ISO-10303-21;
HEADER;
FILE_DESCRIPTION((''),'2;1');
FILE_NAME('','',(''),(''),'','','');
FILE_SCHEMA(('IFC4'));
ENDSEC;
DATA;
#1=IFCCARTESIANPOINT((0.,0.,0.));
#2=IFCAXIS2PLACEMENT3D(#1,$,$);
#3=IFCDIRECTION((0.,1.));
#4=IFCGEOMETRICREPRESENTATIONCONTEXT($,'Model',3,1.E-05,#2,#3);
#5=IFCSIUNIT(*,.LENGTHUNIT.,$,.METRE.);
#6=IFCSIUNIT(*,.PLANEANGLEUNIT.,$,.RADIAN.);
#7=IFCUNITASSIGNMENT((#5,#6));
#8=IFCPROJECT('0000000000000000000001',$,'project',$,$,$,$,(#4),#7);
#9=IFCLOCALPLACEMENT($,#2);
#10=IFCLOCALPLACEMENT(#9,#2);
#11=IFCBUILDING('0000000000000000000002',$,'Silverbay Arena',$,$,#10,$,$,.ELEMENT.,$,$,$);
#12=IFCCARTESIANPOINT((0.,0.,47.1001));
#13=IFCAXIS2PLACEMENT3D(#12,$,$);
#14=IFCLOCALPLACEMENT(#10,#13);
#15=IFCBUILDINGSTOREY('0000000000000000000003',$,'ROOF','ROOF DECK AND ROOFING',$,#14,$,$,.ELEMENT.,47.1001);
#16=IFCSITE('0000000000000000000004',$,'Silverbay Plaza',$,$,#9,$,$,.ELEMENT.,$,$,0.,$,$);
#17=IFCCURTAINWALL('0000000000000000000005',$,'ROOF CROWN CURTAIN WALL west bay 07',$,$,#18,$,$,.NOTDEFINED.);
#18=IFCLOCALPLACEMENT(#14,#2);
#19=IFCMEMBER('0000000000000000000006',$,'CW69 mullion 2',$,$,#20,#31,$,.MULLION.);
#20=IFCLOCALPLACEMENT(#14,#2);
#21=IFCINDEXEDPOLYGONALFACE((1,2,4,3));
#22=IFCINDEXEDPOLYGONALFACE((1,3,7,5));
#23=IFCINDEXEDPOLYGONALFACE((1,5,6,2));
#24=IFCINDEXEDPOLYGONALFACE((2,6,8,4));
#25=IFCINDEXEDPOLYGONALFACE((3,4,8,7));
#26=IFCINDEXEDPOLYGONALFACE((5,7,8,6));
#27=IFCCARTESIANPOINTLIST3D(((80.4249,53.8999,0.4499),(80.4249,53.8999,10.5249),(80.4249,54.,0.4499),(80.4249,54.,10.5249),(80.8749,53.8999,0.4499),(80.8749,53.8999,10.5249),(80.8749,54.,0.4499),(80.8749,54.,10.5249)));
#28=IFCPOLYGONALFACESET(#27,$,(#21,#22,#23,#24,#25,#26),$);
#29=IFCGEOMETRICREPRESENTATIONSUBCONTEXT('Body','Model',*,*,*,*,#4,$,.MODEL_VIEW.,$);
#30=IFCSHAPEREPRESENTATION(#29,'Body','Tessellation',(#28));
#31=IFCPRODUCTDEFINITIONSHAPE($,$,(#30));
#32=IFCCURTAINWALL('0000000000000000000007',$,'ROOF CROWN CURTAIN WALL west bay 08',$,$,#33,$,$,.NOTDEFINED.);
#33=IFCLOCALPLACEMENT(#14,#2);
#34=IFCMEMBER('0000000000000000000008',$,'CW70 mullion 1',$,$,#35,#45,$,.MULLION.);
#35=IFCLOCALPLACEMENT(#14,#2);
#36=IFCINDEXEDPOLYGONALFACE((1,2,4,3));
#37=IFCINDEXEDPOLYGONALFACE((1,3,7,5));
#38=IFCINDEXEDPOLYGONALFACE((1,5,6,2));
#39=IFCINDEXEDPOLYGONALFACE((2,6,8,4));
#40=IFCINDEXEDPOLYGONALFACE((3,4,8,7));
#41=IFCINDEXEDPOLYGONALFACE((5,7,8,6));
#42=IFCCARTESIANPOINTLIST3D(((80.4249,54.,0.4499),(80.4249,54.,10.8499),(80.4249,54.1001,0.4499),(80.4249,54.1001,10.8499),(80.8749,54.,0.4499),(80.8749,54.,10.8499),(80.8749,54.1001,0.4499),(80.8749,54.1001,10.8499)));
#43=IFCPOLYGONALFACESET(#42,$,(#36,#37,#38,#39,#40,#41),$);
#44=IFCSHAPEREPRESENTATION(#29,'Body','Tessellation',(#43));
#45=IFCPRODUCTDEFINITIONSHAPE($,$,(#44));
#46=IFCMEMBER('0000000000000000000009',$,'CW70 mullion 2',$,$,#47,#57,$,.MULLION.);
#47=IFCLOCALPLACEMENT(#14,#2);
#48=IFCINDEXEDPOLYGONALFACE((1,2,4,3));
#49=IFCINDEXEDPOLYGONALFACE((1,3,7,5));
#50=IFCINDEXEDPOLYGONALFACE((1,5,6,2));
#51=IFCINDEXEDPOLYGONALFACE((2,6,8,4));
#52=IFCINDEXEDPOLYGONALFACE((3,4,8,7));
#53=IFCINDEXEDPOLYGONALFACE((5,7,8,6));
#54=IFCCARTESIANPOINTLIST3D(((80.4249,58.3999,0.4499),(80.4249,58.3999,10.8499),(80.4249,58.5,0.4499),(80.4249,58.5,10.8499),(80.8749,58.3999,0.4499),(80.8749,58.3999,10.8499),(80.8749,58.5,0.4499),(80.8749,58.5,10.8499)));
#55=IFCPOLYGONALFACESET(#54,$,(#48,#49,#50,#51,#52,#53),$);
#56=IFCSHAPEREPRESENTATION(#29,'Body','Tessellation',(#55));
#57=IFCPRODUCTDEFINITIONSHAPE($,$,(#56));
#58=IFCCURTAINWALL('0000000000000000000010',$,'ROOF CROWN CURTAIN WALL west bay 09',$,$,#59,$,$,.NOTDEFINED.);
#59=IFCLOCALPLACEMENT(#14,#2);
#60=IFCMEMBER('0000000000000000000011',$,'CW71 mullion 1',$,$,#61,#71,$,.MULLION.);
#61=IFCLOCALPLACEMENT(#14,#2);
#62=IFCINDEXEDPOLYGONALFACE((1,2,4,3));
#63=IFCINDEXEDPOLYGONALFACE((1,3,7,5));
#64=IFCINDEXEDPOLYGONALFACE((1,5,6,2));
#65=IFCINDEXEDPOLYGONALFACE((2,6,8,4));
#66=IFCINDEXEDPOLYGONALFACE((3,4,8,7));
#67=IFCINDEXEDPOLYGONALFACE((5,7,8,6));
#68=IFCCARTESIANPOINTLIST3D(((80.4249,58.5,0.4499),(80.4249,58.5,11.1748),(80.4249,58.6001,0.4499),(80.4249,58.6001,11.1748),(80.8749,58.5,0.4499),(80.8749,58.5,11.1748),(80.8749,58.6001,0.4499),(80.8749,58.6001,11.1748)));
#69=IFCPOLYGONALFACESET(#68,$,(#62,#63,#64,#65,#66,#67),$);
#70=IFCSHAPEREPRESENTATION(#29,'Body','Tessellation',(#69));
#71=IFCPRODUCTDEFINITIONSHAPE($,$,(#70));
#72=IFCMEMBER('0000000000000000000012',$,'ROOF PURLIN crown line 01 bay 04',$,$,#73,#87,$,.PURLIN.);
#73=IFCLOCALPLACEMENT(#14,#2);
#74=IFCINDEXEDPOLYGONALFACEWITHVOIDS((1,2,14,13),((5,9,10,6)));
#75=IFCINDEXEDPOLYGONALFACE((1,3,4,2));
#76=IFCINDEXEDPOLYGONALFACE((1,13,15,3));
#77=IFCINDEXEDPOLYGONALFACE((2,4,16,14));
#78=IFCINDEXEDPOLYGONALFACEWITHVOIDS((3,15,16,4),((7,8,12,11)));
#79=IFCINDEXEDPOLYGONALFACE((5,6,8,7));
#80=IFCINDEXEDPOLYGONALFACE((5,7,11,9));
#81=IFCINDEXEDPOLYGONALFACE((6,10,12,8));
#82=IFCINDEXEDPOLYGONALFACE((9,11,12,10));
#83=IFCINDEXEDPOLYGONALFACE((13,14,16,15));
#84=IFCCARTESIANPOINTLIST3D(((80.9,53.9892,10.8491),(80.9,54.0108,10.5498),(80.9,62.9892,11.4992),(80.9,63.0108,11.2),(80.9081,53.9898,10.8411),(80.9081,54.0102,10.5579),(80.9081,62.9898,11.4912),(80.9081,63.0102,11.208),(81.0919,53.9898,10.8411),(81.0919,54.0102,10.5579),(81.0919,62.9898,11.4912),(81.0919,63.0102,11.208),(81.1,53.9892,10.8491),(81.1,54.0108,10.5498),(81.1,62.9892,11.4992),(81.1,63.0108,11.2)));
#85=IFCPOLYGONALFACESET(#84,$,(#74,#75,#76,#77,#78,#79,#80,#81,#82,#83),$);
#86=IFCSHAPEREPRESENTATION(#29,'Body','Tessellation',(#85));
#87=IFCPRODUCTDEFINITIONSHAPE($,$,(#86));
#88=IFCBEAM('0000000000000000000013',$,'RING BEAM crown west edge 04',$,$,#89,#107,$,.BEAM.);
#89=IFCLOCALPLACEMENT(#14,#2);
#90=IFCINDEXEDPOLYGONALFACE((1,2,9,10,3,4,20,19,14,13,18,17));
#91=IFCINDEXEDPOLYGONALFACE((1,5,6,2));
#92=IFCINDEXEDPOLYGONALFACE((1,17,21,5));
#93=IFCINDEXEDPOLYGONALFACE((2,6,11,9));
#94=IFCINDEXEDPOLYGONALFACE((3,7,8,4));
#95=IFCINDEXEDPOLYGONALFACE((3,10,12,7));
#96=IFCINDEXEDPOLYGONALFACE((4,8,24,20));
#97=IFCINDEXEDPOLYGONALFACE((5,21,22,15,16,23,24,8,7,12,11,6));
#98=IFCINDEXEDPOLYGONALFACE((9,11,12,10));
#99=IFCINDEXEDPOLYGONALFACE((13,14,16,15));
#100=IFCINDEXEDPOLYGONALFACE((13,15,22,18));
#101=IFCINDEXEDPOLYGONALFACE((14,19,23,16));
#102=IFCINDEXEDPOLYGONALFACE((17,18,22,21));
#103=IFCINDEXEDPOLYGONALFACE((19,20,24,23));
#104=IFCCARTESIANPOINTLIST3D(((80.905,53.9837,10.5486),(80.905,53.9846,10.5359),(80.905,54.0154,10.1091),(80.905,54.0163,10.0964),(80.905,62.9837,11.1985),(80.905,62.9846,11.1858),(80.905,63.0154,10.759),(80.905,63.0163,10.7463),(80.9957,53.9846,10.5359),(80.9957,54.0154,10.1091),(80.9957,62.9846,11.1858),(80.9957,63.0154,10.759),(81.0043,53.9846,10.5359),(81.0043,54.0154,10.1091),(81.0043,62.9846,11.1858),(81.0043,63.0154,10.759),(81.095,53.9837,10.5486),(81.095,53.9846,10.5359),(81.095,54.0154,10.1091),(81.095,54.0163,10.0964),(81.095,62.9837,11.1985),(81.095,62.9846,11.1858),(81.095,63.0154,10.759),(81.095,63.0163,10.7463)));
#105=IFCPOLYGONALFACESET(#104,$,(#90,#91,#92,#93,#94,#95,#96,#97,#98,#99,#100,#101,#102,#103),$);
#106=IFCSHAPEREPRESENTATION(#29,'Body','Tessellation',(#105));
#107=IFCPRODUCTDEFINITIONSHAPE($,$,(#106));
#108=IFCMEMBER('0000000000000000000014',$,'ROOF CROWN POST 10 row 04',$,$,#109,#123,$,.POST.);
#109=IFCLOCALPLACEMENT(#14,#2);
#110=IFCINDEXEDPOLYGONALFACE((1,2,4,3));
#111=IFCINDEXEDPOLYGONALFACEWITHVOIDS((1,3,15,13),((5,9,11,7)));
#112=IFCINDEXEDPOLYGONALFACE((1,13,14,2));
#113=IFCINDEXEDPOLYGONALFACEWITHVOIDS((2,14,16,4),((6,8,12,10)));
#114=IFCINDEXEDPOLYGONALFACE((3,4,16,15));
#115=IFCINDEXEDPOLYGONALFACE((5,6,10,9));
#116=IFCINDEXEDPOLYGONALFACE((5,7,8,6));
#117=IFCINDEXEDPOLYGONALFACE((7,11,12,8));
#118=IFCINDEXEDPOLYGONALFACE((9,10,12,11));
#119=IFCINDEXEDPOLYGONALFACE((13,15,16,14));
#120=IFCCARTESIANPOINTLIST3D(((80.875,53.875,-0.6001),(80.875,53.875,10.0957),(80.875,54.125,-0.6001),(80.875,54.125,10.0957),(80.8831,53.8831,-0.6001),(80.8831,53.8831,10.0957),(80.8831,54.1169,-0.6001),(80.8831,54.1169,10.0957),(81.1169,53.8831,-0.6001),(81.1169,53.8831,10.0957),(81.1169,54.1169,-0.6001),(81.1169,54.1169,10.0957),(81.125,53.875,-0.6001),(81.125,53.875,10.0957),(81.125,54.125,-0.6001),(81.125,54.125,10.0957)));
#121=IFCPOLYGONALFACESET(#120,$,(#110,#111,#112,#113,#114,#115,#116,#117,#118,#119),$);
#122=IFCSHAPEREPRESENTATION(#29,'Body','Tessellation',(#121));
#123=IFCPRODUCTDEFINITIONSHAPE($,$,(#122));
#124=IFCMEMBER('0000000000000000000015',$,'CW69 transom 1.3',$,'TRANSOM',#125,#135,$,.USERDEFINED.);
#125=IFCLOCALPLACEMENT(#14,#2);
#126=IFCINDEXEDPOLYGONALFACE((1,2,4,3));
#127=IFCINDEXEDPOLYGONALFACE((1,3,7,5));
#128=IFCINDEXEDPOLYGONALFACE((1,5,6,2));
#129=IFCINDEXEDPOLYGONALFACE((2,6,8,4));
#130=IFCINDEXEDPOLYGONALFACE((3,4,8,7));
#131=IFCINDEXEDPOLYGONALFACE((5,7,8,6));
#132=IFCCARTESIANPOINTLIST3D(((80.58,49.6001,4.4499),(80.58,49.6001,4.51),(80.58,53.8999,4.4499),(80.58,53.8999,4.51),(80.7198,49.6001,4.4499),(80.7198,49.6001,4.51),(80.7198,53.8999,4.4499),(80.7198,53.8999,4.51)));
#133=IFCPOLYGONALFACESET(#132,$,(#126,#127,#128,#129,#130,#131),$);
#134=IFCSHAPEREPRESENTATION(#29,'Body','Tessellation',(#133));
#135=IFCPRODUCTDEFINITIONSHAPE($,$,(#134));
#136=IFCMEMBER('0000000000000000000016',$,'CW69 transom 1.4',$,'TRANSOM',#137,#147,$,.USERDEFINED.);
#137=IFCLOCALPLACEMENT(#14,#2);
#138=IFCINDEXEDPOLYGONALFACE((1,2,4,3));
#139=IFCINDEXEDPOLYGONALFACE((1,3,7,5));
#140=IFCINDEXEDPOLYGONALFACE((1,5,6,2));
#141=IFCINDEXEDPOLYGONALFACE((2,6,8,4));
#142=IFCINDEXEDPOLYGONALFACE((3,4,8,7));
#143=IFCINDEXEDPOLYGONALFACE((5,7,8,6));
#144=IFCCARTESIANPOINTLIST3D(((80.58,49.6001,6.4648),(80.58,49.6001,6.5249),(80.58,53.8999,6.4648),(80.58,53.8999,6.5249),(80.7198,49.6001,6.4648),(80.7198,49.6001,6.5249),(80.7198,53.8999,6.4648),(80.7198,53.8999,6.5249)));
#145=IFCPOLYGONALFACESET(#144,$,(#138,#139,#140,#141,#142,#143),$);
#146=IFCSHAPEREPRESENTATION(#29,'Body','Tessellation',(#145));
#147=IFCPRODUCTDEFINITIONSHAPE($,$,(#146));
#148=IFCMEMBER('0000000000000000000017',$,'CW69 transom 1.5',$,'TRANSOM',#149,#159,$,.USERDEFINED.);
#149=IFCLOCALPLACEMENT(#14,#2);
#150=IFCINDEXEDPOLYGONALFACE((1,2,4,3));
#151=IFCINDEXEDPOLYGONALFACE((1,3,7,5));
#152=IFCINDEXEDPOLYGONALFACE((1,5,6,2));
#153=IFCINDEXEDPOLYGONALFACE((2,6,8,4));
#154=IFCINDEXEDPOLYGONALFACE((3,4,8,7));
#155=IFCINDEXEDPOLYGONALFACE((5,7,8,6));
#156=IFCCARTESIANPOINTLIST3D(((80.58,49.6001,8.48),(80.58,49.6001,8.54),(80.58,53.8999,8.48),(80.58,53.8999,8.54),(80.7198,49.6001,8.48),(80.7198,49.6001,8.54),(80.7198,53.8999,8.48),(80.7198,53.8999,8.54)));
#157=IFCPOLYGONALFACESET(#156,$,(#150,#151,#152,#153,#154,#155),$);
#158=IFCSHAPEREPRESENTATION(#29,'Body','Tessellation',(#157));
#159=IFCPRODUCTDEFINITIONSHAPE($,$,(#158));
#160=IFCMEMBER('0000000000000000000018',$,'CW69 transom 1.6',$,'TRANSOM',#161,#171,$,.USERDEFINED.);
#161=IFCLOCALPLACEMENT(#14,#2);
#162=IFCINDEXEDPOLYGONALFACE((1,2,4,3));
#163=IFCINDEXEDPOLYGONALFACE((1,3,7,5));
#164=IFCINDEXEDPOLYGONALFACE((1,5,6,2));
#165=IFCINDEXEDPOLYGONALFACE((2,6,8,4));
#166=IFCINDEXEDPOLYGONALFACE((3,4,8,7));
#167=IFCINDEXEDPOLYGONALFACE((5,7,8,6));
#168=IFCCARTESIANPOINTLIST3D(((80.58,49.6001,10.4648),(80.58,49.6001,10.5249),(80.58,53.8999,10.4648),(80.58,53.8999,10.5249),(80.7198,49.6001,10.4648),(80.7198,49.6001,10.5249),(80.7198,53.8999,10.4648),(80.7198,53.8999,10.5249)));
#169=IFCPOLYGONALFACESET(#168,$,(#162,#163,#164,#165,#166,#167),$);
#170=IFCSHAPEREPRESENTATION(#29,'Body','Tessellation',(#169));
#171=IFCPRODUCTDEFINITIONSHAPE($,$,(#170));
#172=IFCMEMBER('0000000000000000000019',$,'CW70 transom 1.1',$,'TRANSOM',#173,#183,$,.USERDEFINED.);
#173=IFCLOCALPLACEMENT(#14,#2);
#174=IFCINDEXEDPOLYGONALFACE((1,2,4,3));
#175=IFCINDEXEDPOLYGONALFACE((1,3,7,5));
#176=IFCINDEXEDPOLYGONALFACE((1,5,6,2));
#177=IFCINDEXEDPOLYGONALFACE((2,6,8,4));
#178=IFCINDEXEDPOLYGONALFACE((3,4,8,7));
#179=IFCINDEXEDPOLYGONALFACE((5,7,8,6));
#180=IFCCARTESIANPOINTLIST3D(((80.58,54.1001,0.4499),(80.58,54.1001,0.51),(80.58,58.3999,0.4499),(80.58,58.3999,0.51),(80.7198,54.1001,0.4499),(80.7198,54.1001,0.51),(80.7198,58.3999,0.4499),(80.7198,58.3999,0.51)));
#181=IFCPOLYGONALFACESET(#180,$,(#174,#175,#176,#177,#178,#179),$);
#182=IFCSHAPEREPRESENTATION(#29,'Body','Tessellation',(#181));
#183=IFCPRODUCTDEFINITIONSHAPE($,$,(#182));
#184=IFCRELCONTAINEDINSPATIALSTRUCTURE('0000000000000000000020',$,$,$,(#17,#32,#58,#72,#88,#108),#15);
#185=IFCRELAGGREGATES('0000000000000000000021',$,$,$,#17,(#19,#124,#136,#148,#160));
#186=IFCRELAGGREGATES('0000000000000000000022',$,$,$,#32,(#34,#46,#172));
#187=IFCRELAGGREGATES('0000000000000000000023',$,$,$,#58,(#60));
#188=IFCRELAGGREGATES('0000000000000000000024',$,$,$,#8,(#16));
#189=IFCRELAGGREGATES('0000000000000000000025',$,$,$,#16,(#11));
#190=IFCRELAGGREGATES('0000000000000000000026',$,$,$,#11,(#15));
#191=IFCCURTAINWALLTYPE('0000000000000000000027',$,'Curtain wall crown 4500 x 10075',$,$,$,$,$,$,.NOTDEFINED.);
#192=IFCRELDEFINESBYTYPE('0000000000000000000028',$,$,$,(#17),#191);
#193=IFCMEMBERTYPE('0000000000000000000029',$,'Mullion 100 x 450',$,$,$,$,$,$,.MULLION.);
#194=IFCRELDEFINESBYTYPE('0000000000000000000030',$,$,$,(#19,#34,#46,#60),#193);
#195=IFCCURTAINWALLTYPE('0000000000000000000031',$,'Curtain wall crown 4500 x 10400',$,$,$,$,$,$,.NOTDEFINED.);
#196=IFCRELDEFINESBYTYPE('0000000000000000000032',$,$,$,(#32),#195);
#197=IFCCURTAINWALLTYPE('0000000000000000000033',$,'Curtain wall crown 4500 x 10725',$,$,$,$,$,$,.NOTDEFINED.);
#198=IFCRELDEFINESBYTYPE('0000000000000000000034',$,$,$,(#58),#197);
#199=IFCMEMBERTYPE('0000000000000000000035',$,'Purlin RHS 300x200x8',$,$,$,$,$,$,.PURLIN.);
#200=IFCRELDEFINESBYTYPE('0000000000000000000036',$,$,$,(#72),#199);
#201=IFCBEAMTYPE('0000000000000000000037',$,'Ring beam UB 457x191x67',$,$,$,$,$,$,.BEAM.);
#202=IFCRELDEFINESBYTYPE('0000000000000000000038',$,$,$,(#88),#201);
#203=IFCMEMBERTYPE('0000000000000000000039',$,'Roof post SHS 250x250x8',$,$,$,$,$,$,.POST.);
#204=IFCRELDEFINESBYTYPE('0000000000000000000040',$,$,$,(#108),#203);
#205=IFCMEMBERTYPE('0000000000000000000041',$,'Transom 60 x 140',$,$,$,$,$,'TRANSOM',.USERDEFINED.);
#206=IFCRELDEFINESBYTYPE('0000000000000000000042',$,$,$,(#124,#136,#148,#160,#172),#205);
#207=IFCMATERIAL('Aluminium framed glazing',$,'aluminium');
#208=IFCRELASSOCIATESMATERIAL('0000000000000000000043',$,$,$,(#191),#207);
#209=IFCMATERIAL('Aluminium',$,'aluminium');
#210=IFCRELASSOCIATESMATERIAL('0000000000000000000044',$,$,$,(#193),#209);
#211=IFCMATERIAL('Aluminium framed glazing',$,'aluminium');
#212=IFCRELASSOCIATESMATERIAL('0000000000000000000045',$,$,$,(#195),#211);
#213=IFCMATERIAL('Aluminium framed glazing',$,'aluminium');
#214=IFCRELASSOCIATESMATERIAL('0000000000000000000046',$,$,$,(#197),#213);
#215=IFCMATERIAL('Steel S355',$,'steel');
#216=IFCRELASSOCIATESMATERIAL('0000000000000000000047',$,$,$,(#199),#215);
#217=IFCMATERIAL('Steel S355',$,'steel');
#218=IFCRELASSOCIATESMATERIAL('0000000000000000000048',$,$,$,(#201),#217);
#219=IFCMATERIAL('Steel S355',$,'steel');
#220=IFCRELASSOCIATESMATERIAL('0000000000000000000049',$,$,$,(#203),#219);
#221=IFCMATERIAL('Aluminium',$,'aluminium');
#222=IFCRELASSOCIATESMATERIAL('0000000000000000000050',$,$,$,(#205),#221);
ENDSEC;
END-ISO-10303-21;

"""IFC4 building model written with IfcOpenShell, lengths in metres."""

from ifc_helpers import new_model, si_unit, direction, frame, origin, origin_2d, place, context, subcontext, project, spatial, rectangle, hollow_rectangle, i_section, extrude, material, material_profile, profile_set, type_object, element, aggregate, save


model = new_model("IFC4")

# Units and contexts
model_context = context("Model", 3, precision=1e-05, world=origin(), true_north=direction((0.0, 1.0)))
body_context = subcontext(model_context, "Body", "Model", "MODEL_VIEW")
ifc_project = project(units=[si_unit("LENGTHUNIT", "METRE"), si_unit("PLANEANGLEUNIT", "RADIAN")], contexts=[model_context])

# Site, building, storey
site_placement = place(None, origin())
site = spatial("IfcSite", under=ifc_project, at=site_placement, Name="Silverbay Plaza", CompositionType="ELEMENT", RefElevation=0.0)
building_placement = place(site_placement, origin())
building = spatial("IfcBuilding", under=site, at=building_placement, Name="Silverbay Arena", CompositionType="ELEMENT")
storey_placement = place(building_placement, frame((0.0, 0.0, 47.1001)))
storey = spatial("IfcBuildingStorey", under=building, at=storey_placement, Name="ROOF", Description="ROOF DECK AND ROOFING", CompositionType="ELEMENT", Elevation=47.1001)

# Curtain wall, member
ifc_material_1 = material(Name="Aluminium framed glazing", Category="aluminium")
curtain_wall_type_1 = type_object("IfcCurtainWallType", Name="Curtain wall crown 4500 x 10075", PredefinedType="NOTDEFINED", material=ifc_material_1)
curtain_wall_1_placement = place(storey_placement, origin())
curtain_wall_1 = element("IfcCurtainWall", 1, at=curtain_wall_1_placement, inside=storey, type_object=curtain_wall_type_1, Name="ROOF CROWN CURTAIN WALL west bay 07", PredefinedType="NOTDEFINED")
ifc_material_2 = material(Name="Aluminium", Category="aluminium")
ifc_material_profile_1 = material_profile(ifc_material_2, rectangle(XDim=0.45, YDim=0.1001, at=origin_2d()), Name="Mullion 100 x 450")
ifc_profile_set_1 = profile_set([ifc_material_profile_1], Name="Aluminium")
member_type_1 = type_object("IfcMemberType", Name="Mullion 100 x 450", PredefinedType="MULLION", material=ifc_profile_set_1)
placement = place(building_placement, frame((0.0, 0.0, 33.5)))
member_1_placement = place(placement, frame((80.6499, 53.95, 14.05), z_axis=(0.0, 0.0, 1.0), x_axis=(-1.0, 0.0, 0.0)))
member_1 = element("IfcMember", 2, at=member_1_placement, type_object=member_type_1, Name="CW69 mullion 2", PredefinedType="MULLION", context=body_context, shape_type="SweptSolid", body=[
    extrude(rectangle(XDim=0.45, YDim=0.1001, at=origin_2d()), origin(), (0.0, 0.0, 1.0), 10.075),
])

# Curtain wall, members
ifc_material_3 = material(Name="Aluminium framed glazing", Category="aluminium")
curtain_wall_type_2 = type_object("IfcCurtainWallType", Name="Curtain wall crown 4500 x 10400", PredefinedType="NOTDEFINED", material=ifc_material_3)
curtain_wall_2_placement = place(storey_placement, origin())
curtain_wall_2 = element("IfcCurtainWall", 3, at=curtain_wall_2_placement, inside=storey, type_object=curtain_wall_type_2, Name="ROOF CROWN CURTAIN WALL west bay 08", PredefinedType="NOTDEFINED")
member_2_placement = place(placement, frame((80.6499, 54.05, 14.05), z_axis=(0.0, 0.0, 1.0), x_axis=(-1.0, 0.0, 0.0)))
member_2 = element("IfcMember", 4, at=member_2_placement, type_object=member_type_1, Name="CW70 mullion 1", PredefinedType="MULLION", context=body_context, shape_type="SweptSolid", body=[
    extrude(rectangle(XDim=0.45, YDim=0.1001, at=origin_2d()), origin(), (0.0, 0.0, 1.0), 10.3999),
])
member_3_placement = place(placement, frame((80.6499, 58.45, 14.05), z_axis=(0.0, 0.0, 1.0), x_axis=(-1.0, 0.0, 0.0)))
member_3 = element("IfcMember", 5, at=member_3_placement, type_object=member_type_1, Name="CW70 mullion 2", PredefinedType="MULLION", context=body_context, shape_type="SweptSolid", body=[
    extrude(rectangle(XDim=0.45, YDim=0.1001, at=origin_2d()), origin(), (0.0, 0.0, 1.0), 10.3999),
])

# Curtain wall, member
ifc_material_4 = material(Name="Aluminium framed glazing", Category="aluminium")
curtain_wall_type_3 = type_object("IfcCurtainWallType", Name="Curtain wall crown 4500 x 10725", PredefinedType="NOTDEFINED", material=ifc_material_4)
curtain_wall_3_placement = place(storey_placement, origin())
curtain_wall_3 = element("IfcCurtainWall", 6, at=curtain_wall_3_placement, inside=storey, type_object=curtain_wall_type_3, Name="ROOF CROWN CURTAIN WALL west bay 09", PredefinedType="NOTDEFINED")
member_4_placement = place(placement, frame((80.6499, 58.55, 14.05), z_axis=(0.0, 0.0, 1.0), x_axis=(-1.0, 0.0, 0.0)))
member_4 = element("IfcMember", 7, at=member_4_placement, type_object=member_type_1, Name="CW71 mullion 1", PredefinedType="MULLION", context=body_context, shape_type="SweptSolid", body=[
    extrude(rectangle(XDim=0.45, YDim=0.1001, at=origin_2d()), origin(), (0.0, 0.0, 1.0), 10.7249),
])

# Member
ifc_material_5 = material(Name="Steel S355", Category="steel")
ifc_material_profile_2 = material_profile(ifc_material_5, hollow_rectangle(XDim=0.2, YDim=0.3, WallThickness=0.0081, at=origin_2d()), Name="RHS 300x200x8")
ifc_profile_set_2 = profile_set([ifc_material_profile_2], Name="Steel S355")
member_type_2 = type_object("IfcMemberType", Name="Purlin RHS 300x200x8", PredefinedType="PURLIN", material=ifc_profile_set_2)
member_5_placement = place(storey_placement, frame((81.0, 54.0, 10.6995), z_axis=(0.0, 0.997401, 0.072051), x_axis=(-1.0, 0.0, 0.0)))
element("IfcMember", 8, at=member_5_placement, inside=storey, type_object=member_type_2, Name="ROOF PURLIN crown line 01 bay 04", PredefinedType="PURLIN", context=body_context, shape_type="SweptSolid", body=[
    extrude(hollow_rectangle(XDim=0.2, YDim=0.3, WallThickness=0.0081, at=origin_2d()), origin(), (0.0, 0.0, 1.0), 9.0234),
])

# Beam
ifc_material_6 = material(Name="Steel S355", Category="steel")
ifc_material_profile_3 = material_profile(ifc_material_6, i_section(OverallWidth=0.1899, OverallDepth=0.4534, WebThickness=0.0085, FlangeThickness=0.0127, at=origin_2d()), Name="UB 457x191x67")
ifc_profile_set_3 = profile_set([ifc_material_profile_3], Name="Steel S355")
beam_type = type_object("IfcBeamType", Name="Ring beam UB 457x191x67", PredefinedType="BEAM", material=ifc_profile_set_3)
beam_placement = place(storey_placement, frame((81.0, 54.0, 10.3225), z_axis=(0.0, 0.997403, 0.072024), x_axis=(-1.0, 0.0, 0.0)))
element("IfcBeam", 9, at=beam_placement, inside=storey, type_object=beam_type, Name="RING BEAM crown west edge 04", PredefinedType="BEAM", context=body_context, shape_type="SweptSolid", body=[
    extrude(i_section(OverallWidth=0.1899, OverallDepth=0.4534, WebThickness=0.0085, FlangeThickness=0.0127, at=origin_2d()), origin(), (0.0, 0.0, 1.0), 9.0234),
])

# Members
ifc_material_7 = material(Name="Steel S355", Category="steel")
ifc_material_profile_4 = material_profile(ifc_material_7, hollow_rectangle(XDim=0.25, YDim=0.25, WallThickness=0.0081, at=origin_2d()), Name="SHS 250x250x8")
ifc_profile_set_4 = profile_set([ifc_material_profile_4], Name="Steel S355")
member_type_3 = type_object("IfcMemberType", Name="Roof post SHS 250x250x8", PredefinedType="POST", material=ifc_profile_set_4)
member_6_placement = place(storey_placement, frame((81.0, 54.0, -0.6001), z_axis=(0.0, 0.0, 1.0), x_axis=(1.0, 0.0, 0.0)))
element("IfcMember", 10, at=member_6_placement, inside=storey, type_object=member_type_3, Name="ROOF CROWN POST 10 row 04", PredefinedType="POST", context=body_context, shape_type="SweptSolid", body=[
    extrude(hollow_rectangle(XDim=0.25, YDim=0.25, WallThickness=0.0081, at=origin_2d()), origin(), (0.0, 0.0, 1.0), 10.6958),
])
ifc_material_8 = material(Name="Aluminium", Category="aluminium")
ifc_material_profile_5 = material_profile(ifc_material_8, rectangle(XDim=0.1399, YDim=0.0601, at=origin_2d()), Name="Transom 60 x 140")
ifc_profile_set_5 = profile_set([ifc_material_profile_5], Name="Aluminium")
member_type_4 = type_object("IfcMemberType", Name="Transom 60 x 140", ElementType="TRANSOM", PredefinedType="USERDEFINED", material=ifc_profile_set_5)
member_7_placement = place(placement, frame((80.6499, 49.6001, 18.0801), z_axis=(0.0, 1.0, 0.0), x_axis=(-1.0, 0.0, 0.0)))
member_7 = element("IfcMember", 11, at=member_7_placement, type_object=member_type_4, Name="CW69 transom 1.3", ObjectType="TRANSOM", PredefinedType="USERDEFINED", context=body_context, shape_type="SweptSolid", body=[
    extrude(rectangle(XDim=0.1399, YDim=0.0601, at=origin_2d()), origin(), (0.0, 0.0, 1.0), 4.2998),
])
member_8_placement = place(placement, frame((80.6499, 49.6001, 20.095), z_axis=(0.0, 1.0, 0.0), x_axis=(-1.0, 0.0, 0.0)))
member_8 = element("IfcMember", 12, at=member_8_placement, type_object=member_type_4, Name="CW69 transom 1.4", ObjectType="TRANSOM", PredefinedType="USERDEFINED", context=body_context, shape_type="SweptSolid", body=[
    extrude(rectangle(XDim=0.1399, YDim=0.0601, at=origin_2d()), origin(), (0.0, 0.0, 1.0), 4.2998),
])
member_9_placement = place(placement, frame((80.6499, 49.6001, 22.1101), z_axis=(0.0, 1.0, 0.0), x_axis=(-1.0, 0.0, 0.0)))
member_9 = element("IfcMember", 13, at=member_9_placement, type_object=member_type_4, Name="CW69 transom 1.5", ObjectType="TRANSOM", PredefinedType="USERDEFINED", context=body_context, shape_type="SweptSolid", body=[
    extrude(rectangle(XDim=0.1399, YDim=0.0601, at=origin_2d()), origin(), (0.0, 0.0, 1.0), 4.2998),
])
member_10_placement = place(placement, frame((80.6499, 49.6001, 24.095), z_axis=(0.0, 1.0, 0.0), x_axis=(-1.0, 0.0, 0.0)))
member_10 = element("IfcMember", 14, at=member_10_placement, type_object=member_type_4, Name="CW69 transom 1.6", ObjectType="TRANSOM", PredefinedType="USERDEFINED", context=body_context, shape_type="SweptSolid", body=[
    extrude(rectangle(XDim=0.1399, YDim=0.0601, at=origin_2d()), origin(), (0.0, 0.0, 1.0), 4.2998),
])
member_11_placement = place(placement, frame((80.6499, 54.1001, 14.0801), z_axis=(0.0, 1.0, 0.0), x_axis=(-1.0, 0.0, 0.0)))
member_11 = element("IfcMember", 15, at=member_11_placement, type_object=member_type_4, Name="CW70 transom 1.1", ObjectType="TRANSOM", PredefinedType="USERDEFINED", context=body_context, shape_type="SweptSolid", body=[
    extrude(rectangle(XDim=0.1399, YDim=0.0601, at=origin_2d()), origin(), (0.0, 0.0, 1.0), 4.2998),
])

aggregate(curtain_wall_1, [member_1, member_7, member_8, member_9, member_10])
aggregate(curtain_wall_2, [member_2, member_3, member_11])
aggregate(curtain_wall_3, [member_4])

save(model, "model.ifc")
